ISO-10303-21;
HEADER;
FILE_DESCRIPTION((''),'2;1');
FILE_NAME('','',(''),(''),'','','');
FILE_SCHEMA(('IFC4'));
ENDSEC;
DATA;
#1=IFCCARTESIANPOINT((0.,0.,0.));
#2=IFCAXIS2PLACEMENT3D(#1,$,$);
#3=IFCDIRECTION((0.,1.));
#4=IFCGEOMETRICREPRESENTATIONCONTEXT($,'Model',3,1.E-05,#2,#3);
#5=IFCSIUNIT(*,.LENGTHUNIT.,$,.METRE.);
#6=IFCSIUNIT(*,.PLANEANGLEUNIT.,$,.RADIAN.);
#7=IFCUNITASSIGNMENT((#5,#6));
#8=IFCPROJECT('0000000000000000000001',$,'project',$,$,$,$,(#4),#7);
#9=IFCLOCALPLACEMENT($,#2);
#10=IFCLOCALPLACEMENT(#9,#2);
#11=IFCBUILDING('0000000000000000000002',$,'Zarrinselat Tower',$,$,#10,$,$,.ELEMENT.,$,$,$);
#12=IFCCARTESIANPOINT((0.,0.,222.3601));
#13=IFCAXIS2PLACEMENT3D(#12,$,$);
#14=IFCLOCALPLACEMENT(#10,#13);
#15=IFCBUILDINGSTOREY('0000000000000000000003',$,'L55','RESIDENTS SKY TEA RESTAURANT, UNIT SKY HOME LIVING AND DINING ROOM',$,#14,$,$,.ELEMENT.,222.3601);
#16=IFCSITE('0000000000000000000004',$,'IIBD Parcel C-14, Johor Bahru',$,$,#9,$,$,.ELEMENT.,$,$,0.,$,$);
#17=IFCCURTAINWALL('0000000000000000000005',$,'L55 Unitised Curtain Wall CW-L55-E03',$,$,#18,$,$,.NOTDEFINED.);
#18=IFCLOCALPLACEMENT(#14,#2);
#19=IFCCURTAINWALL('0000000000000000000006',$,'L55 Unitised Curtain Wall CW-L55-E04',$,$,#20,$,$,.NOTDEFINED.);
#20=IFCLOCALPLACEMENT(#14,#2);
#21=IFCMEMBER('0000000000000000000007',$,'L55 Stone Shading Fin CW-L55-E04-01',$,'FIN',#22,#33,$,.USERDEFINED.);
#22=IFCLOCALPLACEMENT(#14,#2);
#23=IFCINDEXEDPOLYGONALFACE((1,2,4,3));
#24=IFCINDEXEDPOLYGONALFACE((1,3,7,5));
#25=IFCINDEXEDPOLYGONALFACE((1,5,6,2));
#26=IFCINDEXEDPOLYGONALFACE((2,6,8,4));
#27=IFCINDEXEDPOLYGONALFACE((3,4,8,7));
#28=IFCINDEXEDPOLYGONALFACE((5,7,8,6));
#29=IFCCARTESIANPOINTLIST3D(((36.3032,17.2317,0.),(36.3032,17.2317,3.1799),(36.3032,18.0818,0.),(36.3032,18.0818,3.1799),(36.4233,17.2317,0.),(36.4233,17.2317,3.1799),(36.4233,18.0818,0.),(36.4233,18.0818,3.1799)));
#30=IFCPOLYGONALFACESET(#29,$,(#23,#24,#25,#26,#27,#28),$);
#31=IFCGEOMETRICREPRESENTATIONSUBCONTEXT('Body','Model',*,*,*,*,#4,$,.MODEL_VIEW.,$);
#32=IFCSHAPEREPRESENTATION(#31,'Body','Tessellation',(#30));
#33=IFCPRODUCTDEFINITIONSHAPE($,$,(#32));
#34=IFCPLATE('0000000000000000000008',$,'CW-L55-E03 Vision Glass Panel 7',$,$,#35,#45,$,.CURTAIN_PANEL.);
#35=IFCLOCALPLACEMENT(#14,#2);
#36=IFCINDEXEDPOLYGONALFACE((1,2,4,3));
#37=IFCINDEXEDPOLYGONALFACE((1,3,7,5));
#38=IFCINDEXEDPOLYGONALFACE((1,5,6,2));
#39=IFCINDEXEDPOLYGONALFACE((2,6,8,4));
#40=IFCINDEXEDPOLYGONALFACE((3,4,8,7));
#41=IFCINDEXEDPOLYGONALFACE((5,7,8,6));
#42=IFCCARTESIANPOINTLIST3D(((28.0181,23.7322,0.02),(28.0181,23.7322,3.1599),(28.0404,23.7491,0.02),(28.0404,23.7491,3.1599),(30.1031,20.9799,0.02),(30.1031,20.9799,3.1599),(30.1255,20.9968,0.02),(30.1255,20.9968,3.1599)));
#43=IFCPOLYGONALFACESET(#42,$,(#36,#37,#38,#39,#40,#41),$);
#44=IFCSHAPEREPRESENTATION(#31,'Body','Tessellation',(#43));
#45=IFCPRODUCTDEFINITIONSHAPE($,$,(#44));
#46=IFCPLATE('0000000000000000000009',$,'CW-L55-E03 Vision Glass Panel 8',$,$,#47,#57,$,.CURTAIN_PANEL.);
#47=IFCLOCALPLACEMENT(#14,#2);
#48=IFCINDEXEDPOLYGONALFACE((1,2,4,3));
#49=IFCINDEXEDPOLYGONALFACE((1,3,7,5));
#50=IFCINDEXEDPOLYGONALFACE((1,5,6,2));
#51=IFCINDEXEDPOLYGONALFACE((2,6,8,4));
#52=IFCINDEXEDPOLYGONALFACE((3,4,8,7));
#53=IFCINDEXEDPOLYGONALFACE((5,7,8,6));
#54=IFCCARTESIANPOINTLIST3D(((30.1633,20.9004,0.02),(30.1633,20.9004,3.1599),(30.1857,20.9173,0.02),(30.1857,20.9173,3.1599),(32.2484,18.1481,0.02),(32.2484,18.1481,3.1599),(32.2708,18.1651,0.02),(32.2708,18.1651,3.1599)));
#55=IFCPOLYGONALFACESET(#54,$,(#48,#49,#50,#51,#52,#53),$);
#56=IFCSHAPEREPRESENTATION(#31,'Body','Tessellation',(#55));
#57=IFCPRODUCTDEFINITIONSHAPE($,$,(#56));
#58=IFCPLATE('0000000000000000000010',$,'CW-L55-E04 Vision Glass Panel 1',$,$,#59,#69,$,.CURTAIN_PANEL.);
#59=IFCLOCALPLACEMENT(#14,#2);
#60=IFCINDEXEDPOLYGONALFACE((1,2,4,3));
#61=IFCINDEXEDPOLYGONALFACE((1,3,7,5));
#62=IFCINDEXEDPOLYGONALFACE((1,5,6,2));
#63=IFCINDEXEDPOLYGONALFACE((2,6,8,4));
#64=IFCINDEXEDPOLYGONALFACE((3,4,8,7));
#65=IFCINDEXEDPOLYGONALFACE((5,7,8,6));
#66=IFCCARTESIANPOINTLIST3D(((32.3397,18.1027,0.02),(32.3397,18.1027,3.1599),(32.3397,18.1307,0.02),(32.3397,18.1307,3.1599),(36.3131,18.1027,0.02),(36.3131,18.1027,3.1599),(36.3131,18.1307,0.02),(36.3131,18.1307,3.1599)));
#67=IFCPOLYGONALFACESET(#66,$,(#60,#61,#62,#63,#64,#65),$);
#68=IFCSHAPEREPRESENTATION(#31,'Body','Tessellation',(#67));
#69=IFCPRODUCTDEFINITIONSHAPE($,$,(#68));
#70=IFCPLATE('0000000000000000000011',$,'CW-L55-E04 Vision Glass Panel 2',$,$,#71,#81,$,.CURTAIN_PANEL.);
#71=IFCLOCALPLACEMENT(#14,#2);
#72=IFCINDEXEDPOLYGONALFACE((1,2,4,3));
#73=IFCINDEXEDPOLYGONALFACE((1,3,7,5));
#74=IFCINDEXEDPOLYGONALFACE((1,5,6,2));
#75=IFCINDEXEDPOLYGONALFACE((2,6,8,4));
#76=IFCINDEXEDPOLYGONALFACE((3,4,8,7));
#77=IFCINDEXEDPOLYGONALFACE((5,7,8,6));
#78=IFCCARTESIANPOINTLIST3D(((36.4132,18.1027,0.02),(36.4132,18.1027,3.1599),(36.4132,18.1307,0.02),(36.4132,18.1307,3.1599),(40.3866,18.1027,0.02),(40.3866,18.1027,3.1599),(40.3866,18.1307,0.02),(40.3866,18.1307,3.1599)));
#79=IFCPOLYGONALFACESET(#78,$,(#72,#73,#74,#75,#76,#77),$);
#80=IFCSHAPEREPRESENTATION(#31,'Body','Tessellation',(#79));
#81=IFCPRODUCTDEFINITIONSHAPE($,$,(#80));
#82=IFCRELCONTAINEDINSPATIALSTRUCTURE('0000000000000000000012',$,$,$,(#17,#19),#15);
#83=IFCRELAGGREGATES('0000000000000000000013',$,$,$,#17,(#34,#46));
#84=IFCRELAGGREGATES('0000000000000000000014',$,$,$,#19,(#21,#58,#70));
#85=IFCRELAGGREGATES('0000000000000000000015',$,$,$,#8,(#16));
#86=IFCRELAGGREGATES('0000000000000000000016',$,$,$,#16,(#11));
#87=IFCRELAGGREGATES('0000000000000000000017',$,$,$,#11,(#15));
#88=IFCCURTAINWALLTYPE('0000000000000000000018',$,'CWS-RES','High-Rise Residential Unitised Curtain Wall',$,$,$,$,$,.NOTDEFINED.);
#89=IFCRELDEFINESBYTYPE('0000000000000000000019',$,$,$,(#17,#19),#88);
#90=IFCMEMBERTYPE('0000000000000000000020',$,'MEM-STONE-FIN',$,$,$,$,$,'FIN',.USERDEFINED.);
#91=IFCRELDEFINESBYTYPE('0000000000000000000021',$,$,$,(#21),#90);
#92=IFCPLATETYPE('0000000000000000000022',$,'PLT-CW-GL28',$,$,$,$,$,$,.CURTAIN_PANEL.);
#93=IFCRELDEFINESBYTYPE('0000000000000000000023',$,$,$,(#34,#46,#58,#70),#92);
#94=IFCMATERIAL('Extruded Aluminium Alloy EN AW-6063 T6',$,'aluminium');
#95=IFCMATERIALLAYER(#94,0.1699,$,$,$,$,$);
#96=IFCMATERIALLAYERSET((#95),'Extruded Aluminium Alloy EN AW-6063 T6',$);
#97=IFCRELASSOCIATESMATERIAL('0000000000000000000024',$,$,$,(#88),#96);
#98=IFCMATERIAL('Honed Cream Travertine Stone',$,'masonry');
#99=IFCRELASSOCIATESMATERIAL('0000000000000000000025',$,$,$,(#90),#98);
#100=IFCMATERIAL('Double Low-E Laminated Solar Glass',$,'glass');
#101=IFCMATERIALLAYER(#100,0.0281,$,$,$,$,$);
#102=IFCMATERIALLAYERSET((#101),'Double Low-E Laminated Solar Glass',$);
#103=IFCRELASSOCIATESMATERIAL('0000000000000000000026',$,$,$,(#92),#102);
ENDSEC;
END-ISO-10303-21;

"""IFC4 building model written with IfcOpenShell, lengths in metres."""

from ifc_helpers import new_model, si_unit, direction, frame, origin, origin_2d, place, context, subcontext, project, spatial, rectangle, extrude, material, layer, layer_set, material_profile, profile_set, type_object, element, aggregate, save


model = new_model("IFC4")

# Units and contexts
model_context = context("Model", 3, precision=1e-05, world=origin(), true_north=direction((0.0, 1.0)))
body_context = subcontext(model_context, "Body", "Model", "MODEL_VIEW")
ifc_project = project(units=[si_unit("LENGTHUNIT", "METRE"), si_unit("PLANEANGLEUNIT", "RADIAN")], contexts=[model_context])

# Site, building, storey
site_placement = place(None, origin())
site = spatial("IfcSite", under=ifc_project, at=site_placement, Name="IIBD Parcel C-14, Johor Bahru", CompositionType="ELEMENT", RefElevation=0.0)
building_placement = place(site_placement, origin())
building = spatial("IfcBuilding", under=site, at=building_placement, Name="Zarrinselat Tower", CompositionType="ELEMENT")
storey_placement = place(building_placement, frame((0.0, 0.0, 222.3601)))
storey = spatial("IfcBuildingStorey", under=building, at=storey_placement, Name="L55", Description="RESIDENTS SKY TEA RESTAURANT, UNIT SKY HOME LIVING AND DINING ROOM", CompositionType="ELEMENT", Elevation=222.3601)

# Curtain walls
ifc_material_1 = material(Name="Extruded Aluminium Alloy EN AW-6063 T6", Category="aluminium")
ifc_layer_1 = layer(ifc_material_1, 0.1699)
ifc_layer_set_1 = layer_set([ifc_layer_1], Name="Extruded Aluminium Alloy EN AW-6063 T6")
curtain_wall_type = type_object("IfcCurtainWallType", Name="CWS-RES", Description="High-Rise Residential Unitised Curtain Wall", PredefinedType="NOTDEFINED", material=ifc_layer_set_1)
curtain_wall_1_placement = place(storey_placement, origin())
curtain_wall_1 = element("IfcCurtainWall", 1, at=curtain_wall_1_placement, inside=storey, type_object=curtain_wall_type, Name="L55 Unitised Curtain Wall CW-L55-E03", PredefinedType="NOTDEFINED")
curtain_wall_2_placement = place(storey_placement, origin())
curtain_wall_2 = element("IfcCurtainWall", 2, at=curtain_wall_2_placement, inside=storey, type_object=curtain_wall_type, Name="L55 Unitised Curtain Wall CW-L55-E04", PredefinedType="NOTDEFINED")

# Member
ifc_material_2 = material(Name="Honed Cream Travertine Stone", Category="masonry")
ifc_material_profile_1 = material_profile(ifc_material_2, rectangle(XDim=0.1201, YDim=0.8501, at=origin_2d()), Name="FIN 850x120")
ifc_profile_set_1 = profile_set([ifc_material_profile_1], Name="Honed Cream Travertine Stone")
member_type_1 = type_object("IfcMemberType", Name="MEM-STONE-FIN", ElementType="FIN", PredefinedType="USERDEFINED", material=ifc_profile_set_1)
member_1_placement = place(storey_placement, frame((36.3633, 17.6567, 0.0), z_axis=(0.0, 0.0, 1.0), x_axis=(-1.0, 0.0, 0.0)))
member_1 = element("IfcMember", 3, at=member_1_placement, type_object=member_type_1, Name="L55 Stone Shading Fin CW-L55-E04-01", ObjectType="FIN", PredefinedType="USERDEFINED", context=body_context, shape_type="SweptSolid", body=[
    extrude(rectangle(XDim=0.1201, YDim=0.8501, at=origin_2d()), origin(), (0.0, 0.0, 1.0), 3.1799),
])

# Plates
ifc_material_3 = material(Name="Double Low-E Laminated Solar Glass", Category="glass")
ifc_layer_2 = layer(ifc_material_3, 0.0281)
ifc_layer_set_2 = layer_set([ifc_layer_2], Name="Double Low-E Laminated Solar Glass")
plate_type = type_object("IfcPlateType", Name="PLT-CW-GL28", PredefinedType="CURTAIN_PANEL", material=ifc_layer_set_2)
plate_1_placement = place(storey_placement, frame((29.0718, 22.3645, 0.02), z_axis=(0.0, 0.0, 1.0), x_axis=(0.60386, -0.797091, 0.0)))
plate_1 = element("IfcPlate", 4, at=plate_1_placement, type_object=plate_type, Name="CW-L55-E03 Vision Glass Panel 7", PredefinedType="CURTAIN_PANEL", context=body_context, shape_type="SweptSolid", body=[
    extrude(rectangle(XDim=3.4529, YDim=0.0281, at=origin_2d()), origin(), (0.0, 0.0, 1.0), 3.1399),
])
plate_2_placement = place(storey_placement, frame((31.217, 19.5327, 0.02), z_axis=(0.0, 0.0, 1.0), x_axis=(0.60386, -0.797091, 0.0)))
plate_2 = element("IfcPlate", 5, at=plate_2_placement, type_object=plate_type, Name="CW-L55-E03 Vision Glass Panel 8", PredefinedType="CURTAIN_PANEL", context=body_context, shape_type="SweptSolid", body=[
    extrude(rectangle(XDim=3.4529, YDim=0.0281, at=origin_2d()), origin(), (0.0, 0.0, 1.0), 3.1399),
])
aggregate(curtain_wall_1, [plate_1, plate_2])
plate_3_placement = place(storey_placement, frame((34.3264, 18.1167, 0.02), z_axis=(0.0, 0.0, 1.0), x_axis=(1.0, 0.0, 0.0)))
plate_3 = element("IfcPlate", 6, at=plate_3_placement, type_object=plate_type, Name="CW-L55-E04 Vision Glass Panel 1", PredefinedType="CURTAIN_PANEL", context=body_context, shape_type="SweptSolid", body=[
    extrude(rectangle(XDim=3.9734, YDim=0.0281, at=origin_2d()), origin(), (0.0, 0.0, 1.0), 3.1399),
])
plate_4_placement = place(storey_placement, frame((38.3999, 18.1167, 0.02), z_axis=(0.0, 0.0, 1.0), x_axis=(1.0, 0.0, 0.0)))
plate_4 = element("IfcPlate", 7, at=plate_4_placement, type_object=plate_type, Name="CW-L55-E04 Vision Glass Panel 2", PredefinedType="CURTAIN_PANEL", context=body_context, shape_type="SweptSolid", body=[
    extrude(rectangle(XDim=3.9734, YDim=0.0281, at=origin_2d()), origin(), (0.0, 0.0, 1.0), 3.1399),
])
aggregate(curtain_wall_2, [member_1, plate_3, plate_4])

save(model, "model.ifc")
